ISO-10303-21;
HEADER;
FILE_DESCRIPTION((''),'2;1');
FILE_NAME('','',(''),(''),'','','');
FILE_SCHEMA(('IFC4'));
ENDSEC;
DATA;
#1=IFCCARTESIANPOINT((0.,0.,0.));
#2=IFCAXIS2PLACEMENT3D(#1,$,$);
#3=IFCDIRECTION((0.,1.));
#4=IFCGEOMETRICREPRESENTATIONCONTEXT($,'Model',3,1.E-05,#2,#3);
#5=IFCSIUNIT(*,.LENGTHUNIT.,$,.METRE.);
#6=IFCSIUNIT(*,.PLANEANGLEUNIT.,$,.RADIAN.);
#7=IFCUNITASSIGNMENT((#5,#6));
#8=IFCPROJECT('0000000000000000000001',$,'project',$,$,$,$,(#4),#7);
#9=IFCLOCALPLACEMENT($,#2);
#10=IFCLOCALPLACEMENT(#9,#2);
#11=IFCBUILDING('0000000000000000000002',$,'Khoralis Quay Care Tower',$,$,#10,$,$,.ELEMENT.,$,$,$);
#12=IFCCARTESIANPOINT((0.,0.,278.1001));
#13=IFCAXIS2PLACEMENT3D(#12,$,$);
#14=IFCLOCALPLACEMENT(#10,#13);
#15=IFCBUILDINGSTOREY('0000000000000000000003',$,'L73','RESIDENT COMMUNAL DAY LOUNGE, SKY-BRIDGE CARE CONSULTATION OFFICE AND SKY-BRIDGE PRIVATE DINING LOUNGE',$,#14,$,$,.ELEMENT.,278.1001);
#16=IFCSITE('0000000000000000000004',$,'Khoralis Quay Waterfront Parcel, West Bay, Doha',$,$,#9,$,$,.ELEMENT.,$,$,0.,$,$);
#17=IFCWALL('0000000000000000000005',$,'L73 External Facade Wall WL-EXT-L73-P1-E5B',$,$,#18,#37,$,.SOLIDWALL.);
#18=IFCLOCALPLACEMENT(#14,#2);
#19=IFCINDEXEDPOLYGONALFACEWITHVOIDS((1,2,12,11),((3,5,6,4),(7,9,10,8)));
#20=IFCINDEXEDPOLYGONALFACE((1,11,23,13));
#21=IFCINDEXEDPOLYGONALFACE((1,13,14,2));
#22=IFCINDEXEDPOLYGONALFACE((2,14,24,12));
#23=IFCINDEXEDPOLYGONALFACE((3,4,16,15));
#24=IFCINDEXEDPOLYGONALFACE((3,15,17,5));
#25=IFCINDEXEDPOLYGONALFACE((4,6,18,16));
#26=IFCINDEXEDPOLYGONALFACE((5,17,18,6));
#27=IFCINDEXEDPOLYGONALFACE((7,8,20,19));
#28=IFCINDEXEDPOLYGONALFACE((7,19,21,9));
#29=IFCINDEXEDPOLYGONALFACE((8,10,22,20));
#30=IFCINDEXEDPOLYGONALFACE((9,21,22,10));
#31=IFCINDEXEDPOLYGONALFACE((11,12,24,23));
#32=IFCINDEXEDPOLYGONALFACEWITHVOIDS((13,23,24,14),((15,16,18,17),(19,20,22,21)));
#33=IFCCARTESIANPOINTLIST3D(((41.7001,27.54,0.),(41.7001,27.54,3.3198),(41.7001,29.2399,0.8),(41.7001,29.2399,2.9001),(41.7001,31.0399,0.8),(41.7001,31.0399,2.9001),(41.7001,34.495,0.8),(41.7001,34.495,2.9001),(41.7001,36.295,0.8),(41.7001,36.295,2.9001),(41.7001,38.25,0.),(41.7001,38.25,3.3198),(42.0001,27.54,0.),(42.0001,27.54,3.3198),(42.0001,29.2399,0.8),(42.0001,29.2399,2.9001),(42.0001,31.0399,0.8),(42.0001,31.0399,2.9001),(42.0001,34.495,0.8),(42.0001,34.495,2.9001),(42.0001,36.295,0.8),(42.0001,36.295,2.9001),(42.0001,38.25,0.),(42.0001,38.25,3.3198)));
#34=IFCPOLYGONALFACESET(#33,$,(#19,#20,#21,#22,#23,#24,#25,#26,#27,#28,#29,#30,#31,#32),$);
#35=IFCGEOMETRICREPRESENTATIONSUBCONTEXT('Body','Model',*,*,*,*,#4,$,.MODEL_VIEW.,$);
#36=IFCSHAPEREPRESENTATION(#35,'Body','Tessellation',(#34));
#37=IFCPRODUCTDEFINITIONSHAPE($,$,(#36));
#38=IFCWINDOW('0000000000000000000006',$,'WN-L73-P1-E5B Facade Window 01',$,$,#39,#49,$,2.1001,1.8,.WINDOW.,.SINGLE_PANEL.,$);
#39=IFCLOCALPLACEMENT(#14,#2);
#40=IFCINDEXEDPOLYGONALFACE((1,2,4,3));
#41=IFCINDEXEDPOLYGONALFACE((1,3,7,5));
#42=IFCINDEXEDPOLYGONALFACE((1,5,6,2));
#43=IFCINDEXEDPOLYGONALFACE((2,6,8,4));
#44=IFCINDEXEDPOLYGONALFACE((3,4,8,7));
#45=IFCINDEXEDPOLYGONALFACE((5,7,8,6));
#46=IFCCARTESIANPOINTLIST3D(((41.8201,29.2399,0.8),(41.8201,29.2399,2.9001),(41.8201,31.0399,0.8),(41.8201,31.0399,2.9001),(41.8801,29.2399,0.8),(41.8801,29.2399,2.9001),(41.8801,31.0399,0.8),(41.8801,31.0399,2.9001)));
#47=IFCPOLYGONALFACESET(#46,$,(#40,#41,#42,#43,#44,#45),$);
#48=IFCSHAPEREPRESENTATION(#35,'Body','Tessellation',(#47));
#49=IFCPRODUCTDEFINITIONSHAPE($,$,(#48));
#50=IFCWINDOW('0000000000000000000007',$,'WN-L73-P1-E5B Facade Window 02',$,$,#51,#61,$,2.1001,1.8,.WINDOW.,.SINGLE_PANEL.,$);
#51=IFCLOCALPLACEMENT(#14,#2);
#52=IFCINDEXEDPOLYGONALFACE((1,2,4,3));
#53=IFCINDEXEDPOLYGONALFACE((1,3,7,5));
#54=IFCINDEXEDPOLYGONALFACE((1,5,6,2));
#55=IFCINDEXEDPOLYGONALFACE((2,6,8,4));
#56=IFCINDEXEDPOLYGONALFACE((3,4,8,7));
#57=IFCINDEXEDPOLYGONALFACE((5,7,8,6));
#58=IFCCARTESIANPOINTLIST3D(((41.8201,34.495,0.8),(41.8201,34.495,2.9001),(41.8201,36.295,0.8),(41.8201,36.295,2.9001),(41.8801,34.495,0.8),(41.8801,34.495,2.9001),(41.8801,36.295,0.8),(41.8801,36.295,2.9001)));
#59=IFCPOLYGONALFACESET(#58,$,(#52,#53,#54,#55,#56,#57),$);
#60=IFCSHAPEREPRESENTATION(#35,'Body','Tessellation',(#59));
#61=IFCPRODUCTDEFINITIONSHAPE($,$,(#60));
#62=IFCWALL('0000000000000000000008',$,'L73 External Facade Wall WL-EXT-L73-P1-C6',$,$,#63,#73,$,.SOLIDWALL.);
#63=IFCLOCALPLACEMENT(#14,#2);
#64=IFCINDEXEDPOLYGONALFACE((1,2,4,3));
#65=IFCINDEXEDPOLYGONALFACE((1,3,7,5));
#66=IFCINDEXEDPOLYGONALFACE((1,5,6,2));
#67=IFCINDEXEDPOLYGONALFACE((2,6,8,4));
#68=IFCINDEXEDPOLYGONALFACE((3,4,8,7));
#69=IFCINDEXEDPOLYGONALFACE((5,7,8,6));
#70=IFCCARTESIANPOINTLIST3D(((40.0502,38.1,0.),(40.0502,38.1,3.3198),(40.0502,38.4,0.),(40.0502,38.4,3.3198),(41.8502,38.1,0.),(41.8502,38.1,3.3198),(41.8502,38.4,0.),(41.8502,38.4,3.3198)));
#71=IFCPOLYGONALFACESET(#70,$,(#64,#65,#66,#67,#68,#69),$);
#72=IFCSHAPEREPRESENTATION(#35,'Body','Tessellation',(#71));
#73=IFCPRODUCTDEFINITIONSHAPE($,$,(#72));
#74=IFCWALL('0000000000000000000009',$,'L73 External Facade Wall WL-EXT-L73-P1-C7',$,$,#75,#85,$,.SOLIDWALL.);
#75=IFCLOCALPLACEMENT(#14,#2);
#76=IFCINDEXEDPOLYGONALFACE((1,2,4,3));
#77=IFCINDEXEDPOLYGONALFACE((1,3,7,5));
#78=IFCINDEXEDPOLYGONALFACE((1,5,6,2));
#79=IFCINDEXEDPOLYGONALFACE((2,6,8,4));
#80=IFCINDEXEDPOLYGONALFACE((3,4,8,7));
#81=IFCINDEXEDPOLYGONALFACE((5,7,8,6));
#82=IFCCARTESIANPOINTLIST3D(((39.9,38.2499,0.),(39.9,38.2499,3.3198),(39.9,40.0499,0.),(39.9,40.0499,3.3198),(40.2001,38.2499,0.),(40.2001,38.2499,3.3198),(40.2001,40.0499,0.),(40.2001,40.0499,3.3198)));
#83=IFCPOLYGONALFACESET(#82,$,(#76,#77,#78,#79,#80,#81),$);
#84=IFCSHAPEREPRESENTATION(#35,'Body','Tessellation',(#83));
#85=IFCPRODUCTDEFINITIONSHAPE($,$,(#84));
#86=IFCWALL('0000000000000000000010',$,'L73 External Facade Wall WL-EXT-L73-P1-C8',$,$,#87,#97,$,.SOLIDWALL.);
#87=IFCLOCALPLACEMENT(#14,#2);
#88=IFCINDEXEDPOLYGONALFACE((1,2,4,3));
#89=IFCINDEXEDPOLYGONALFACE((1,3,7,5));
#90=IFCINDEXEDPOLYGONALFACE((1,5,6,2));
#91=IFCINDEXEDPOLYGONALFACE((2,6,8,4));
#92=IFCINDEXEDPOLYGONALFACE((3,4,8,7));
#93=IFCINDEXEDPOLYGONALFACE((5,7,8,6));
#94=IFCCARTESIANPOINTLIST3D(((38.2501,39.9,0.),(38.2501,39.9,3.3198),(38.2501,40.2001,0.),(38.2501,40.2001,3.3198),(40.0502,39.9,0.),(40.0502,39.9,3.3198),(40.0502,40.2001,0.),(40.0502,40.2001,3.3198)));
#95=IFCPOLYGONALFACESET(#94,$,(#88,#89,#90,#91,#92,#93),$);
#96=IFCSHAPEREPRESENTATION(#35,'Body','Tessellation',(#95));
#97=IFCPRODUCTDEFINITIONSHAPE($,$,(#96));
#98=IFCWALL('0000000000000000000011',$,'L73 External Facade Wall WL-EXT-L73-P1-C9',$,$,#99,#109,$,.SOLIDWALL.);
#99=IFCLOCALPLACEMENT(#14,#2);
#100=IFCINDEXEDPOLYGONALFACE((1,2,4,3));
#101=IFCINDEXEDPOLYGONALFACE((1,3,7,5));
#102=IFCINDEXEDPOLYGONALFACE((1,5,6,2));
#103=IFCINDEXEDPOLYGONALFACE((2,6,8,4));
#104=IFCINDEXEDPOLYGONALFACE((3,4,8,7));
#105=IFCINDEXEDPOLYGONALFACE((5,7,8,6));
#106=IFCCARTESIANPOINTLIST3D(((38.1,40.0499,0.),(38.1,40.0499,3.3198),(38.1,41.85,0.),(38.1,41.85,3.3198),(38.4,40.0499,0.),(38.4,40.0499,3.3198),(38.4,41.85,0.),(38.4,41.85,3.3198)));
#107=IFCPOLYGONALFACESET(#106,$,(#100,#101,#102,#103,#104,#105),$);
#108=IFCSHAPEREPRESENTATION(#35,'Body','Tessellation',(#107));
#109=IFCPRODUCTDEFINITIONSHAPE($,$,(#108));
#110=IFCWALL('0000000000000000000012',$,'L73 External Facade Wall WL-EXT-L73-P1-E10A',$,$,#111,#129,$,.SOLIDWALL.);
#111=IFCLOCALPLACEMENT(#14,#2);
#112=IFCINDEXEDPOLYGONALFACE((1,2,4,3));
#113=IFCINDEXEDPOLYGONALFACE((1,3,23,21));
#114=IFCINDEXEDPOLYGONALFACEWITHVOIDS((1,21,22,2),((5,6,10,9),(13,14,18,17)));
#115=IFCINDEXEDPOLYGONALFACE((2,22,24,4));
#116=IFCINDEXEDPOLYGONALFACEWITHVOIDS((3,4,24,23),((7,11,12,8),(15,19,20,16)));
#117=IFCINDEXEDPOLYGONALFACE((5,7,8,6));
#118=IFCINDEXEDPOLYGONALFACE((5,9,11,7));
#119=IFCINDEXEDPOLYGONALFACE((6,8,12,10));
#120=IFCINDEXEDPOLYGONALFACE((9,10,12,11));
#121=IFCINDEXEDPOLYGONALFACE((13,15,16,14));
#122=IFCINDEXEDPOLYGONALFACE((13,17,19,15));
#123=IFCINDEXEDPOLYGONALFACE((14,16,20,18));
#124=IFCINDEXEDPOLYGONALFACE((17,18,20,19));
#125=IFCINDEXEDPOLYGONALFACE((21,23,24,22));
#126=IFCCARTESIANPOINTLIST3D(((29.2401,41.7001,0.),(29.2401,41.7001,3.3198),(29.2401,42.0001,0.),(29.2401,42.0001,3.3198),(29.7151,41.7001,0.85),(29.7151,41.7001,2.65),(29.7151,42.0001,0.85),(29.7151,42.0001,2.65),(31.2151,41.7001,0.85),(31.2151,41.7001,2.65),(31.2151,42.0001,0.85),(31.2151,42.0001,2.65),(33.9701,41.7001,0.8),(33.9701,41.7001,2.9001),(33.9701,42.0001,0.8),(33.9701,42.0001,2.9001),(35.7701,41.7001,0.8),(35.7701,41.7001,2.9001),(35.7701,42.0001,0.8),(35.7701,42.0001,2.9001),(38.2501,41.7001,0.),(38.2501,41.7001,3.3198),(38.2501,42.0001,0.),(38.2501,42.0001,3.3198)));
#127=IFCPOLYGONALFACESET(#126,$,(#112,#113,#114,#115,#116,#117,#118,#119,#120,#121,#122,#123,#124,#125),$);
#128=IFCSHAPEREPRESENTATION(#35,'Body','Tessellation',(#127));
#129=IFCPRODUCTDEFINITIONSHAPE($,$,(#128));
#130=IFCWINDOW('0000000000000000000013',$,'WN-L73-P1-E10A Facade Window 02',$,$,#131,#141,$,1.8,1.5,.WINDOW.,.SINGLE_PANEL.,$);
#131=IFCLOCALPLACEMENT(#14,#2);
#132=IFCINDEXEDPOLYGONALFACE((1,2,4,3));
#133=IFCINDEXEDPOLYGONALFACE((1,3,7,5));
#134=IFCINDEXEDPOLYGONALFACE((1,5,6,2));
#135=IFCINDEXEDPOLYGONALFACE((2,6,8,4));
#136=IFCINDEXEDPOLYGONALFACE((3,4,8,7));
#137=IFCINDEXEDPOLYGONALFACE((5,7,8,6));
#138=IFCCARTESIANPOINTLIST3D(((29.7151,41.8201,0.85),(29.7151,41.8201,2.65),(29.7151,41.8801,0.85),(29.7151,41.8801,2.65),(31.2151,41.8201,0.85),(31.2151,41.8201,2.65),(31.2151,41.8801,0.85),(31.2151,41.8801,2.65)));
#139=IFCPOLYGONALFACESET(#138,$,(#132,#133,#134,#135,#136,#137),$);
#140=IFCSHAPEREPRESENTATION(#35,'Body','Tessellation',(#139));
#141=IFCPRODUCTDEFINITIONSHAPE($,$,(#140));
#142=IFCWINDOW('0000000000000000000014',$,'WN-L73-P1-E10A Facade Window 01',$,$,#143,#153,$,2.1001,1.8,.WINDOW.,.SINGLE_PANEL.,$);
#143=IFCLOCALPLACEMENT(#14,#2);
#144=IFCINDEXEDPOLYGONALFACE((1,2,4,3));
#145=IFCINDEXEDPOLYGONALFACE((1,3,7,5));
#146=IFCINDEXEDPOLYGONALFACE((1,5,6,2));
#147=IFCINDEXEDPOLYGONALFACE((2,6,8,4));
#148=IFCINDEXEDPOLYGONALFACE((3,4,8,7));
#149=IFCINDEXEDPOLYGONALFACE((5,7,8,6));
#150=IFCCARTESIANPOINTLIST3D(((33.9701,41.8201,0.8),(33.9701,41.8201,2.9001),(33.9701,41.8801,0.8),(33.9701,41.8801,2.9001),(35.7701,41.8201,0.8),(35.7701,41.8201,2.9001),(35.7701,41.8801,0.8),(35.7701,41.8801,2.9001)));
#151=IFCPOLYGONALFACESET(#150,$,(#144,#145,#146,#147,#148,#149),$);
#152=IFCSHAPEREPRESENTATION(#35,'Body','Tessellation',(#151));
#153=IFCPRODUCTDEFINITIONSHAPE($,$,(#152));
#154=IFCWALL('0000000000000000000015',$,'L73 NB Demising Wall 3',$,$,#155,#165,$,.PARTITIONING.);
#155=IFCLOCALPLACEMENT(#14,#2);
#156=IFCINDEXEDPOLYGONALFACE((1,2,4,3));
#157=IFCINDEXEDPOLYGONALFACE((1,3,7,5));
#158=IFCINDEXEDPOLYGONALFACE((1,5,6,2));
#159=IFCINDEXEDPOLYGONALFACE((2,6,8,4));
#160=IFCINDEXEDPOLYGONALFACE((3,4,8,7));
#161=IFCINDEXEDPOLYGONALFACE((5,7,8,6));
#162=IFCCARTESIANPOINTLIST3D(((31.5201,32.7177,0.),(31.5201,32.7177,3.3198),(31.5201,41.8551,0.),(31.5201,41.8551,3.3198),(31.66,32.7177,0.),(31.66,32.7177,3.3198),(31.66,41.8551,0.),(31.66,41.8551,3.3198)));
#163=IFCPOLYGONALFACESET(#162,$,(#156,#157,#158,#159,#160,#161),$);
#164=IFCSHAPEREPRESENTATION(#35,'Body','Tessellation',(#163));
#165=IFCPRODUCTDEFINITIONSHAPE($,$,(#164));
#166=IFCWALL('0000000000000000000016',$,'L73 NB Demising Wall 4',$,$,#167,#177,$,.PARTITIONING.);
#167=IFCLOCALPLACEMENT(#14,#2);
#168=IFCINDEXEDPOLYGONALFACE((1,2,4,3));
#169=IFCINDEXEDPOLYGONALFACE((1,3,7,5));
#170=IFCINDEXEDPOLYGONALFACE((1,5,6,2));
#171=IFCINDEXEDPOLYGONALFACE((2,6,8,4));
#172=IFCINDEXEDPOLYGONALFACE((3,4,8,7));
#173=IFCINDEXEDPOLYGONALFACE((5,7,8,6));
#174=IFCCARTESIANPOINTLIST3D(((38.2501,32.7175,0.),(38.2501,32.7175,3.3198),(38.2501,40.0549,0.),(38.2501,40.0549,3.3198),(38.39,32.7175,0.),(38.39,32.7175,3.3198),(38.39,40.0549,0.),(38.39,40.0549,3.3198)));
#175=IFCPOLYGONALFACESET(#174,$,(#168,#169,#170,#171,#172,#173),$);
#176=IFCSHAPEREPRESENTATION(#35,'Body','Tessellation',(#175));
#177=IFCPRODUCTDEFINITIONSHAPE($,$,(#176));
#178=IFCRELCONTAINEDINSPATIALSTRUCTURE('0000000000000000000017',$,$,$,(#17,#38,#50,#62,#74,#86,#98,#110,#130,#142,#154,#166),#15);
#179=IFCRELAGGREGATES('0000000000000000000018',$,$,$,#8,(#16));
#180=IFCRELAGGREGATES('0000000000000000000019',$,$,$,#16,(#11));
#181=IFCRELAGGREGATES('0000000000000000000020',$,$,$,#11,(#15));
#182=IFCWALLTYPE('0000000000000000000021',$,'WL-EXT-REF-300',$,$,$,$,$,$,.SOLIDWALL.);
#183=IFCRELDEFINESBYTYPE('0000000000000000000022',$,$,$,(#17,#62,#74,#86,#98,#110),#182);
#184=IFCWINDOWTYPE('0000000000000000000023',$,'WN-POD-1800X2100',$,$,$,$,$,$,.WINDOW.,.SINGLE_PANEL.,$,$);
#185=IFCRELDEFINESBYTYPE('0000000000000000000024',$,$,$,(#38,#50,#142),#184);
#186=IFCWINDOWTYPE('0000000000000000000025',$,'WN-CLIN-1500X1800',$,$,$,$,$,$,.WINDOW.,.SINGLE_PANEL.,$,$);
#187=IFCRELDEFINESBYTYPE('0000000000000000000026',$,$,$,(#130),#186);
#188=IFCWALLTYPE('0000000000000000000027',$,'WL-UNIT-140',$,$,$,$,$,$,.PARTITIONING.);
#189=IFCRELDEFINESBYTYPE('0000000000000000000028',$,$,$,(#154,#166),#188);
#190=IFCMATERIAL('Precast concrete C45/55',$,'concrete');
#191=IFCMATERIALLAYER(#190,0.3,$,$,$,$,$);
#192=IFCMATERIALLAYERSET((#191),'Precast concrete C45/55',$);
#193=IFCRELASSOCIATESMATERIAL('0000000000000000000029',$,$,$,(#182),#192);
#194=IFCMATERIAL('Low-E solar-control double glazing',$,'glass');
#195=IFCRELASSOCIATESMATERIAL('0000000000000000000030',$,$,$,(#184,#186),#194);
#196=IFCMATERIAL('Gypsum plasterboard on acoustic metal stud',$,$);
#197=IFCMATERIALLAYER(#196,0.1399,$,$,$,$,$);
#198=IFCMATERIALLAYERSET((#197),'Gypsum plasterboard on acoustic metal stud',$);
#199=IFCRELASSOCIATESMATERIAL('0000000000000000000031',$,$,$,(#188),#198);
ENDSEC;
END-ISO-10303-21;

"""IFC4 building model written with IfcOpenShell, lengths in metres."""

from ifc_helpers import new_model, si_unit, direction, frame, frame_2d, origin, place, context, subcontext, project, spatial, rectangle, extrude, source, transform, mapped, material, layer, layer_set, type_object, element, fill, save


model = new_model("IFC4")

# Units and contexts
model_context = context("Model", 3, precision=1e-05, world=origin(), true_north=direction((0.0, 1.0)))
body_context = subcontext(model_context, "Body", "Model", "MODEL_VIEW")
ifc_project = project(units=[si_unit("LENGTHUNIT", "METRE"), si_unit("PLANEANGLEUNIT", "RADIAN")], contexts=[model_context])

# Site, building, storey
site_placement = place(None, origin())
site = spatial("IfcSite", under=ifc_project, at=site_placement, Name="Khoralis Quay Waterfront Parcel, West Bay, Doha", CompositionType="ELEMENT", RefElevation=0.0)
building_placement = place(site_placement, origin())
building = spatial("IfcBuilding", under=site, at=building_placement, Name="Khoralis Quay Care Tower", CompositionType="ELEMENT")
storey_placement = place(building_placement, frame((0.0, 0.0, 278.1001)))
storey = spatial("IfcBuildingStorey", under=building, at=storey_placement, Name="L73", Description="RESIDENT COMMUNAL DAY LOUNGE, SKY-BRIDGE CARE CONSULTATION OFFICE AND SKY-BRIDGE PRIVATE DINING LOUNGE", CompositionType="ELEMENT", Elevation=278.1001)

# Shared definitions
ifc_material_1 = material(Name="Gypsum plasterboard on acoustic metal stud")

# Wall, openings, windows
ifc_material_2 = material(Name="Precast concrete C45/55", Category="concrete")
ifc_layer_1 = layer(ifc_material_2, 0.3)
ifc_layer_set_1 = layer_set([ifc_layer_1], Name="Precast concrete C45/55")
wall_type_1 = type_object("IfcWallType", Name="WL-EXT-REF-300", PredefinedType="SOLIDWALL", material=ifc_layer_set_1)
wall_1_placement = place(storey_placement, frame((41.8501, 27.54, 0.0), z_axis=(0.0, 0.0, 1.0), x_axis=(0.0, 1.0, 0.0)))
wall_1 = element("IfcWall", 1, at=wall_1_placement, inside=storey, type_object=wall_type_1, Name="L73 External Facade Wall WL-EXT-L73-P1-E5B", PredefinedType="SOLIDWALL", context=body_context, shape_type="SweptSolid", body=[
    extrude(rectangle(XDim=10.71, YDim=0.3, at=frame_2d((5.355, 0.0))), origin(), (0.0, 0.0, 1.0), 3.3198),
])
opening_1_placement = place(wall_1_placement, frame((1.7, 0.0, 0.8)))
opening_1 = element("IfcOpeningElement", 2, at=opening_1_placement, cuts=wall_1, PredefinedType="OPENING", context=body_context, shape_type="SweptSolid", body=[
    extrude(rectangle(XDim=1.8, YDim=2.1001, at=frame_2d((0.8999, 1.05))), frame((0.0, 0.1602, 0.0), z_axis=(0.0, -1.0, 0.0), x_axis=(1.0, 0.0, 0.0)), (0.0, 0.0, 1.0), 0.3201),
])
opening_2_placement = place(wall_1_placement, frame((6.9551, 0.0, 0.8)))
opening_2 = element("IfcOpeningElement", 3, at=opening_2_placement, cuts=wall_1, PredefinedType="OPENING", context=body_context, shape_type="SweptSolid", body=[
    extrude(rectangle(XDim=1.8, YDim=2.1001, at=frame_2d((0.8999, 1.05))), frame((0.0, 0.1602, 0.0), z_axis=(0.0, -1.0, 0.0), x_axis=(1.0, 0.0, 0.0)), (0.0, 0.0, 1.0), 0.3201),
])
ifc_material_3 = material(Name="Low-E solar-control double glazing", Category="glass")
window_type_1 = type_object("IfcWindowType", Name="WN-POD-1800X2100", PartitioningType="SINGLE_PANEL", PredefinedType="WINDOW", material=ifc_material_3)
shared_shape_1 = source(origin(), body_context, "Body", "SweptSolid", [
    extrude(rectangle(XDim=1.8, YDim=2.1001, at=frame_2d((0.8999, 1.05))), frame((0.0, 0.03, 0.0), z_axis=(0.0, -1.0, 0.0), x_axis=(1.0, 0.0, 0.0)), (0.0, 0.0, 1.0), 0.0601),
])
window_1_placement = place(opening_1_placement, origin())
window_1 = element("IfcWindow", 4, at=window_1_placement, inside=storey, type_object=window_type_1, Name="WN-L73-P1-E5B Facade Window 01", OverallHeight=2.1001, OverallWidth=1.8, PartitioningType="SINGLE_PANEL", PredefinedType="WINDOW", context=body_context, shape_type="MappedRepresentation", body=[
    mapped(shared_shape_1, transform((0.0, 0.0, 0.0), scale=1.0)),
])
fill(opening_1, window_1)
window_2_placement = place(opening_2_placement, origin())
window_2 = element("IfcWindow", 5, at=window_2_placement, inside=storey, type_object=window_type_1, Name="WN-L73-P1-E5B Facade Window 02", OverallHeight=2.1001, OverallWidth=1.8, PartitioningType="SINGLE_PANEL", PredefinedType="WINDOW", context=body_context, shape_type="MappedRepresentation", body=[
    mapped(shared_shape_1, transform((0.0, 0.0, 0.0), scale=1.0)),
])
fill(opening_2, window_2)

# Walls
for number, where, z_axis, x_axis, name in (
    (6, (41.8501, 38.25, 0.0), (0.0, 0.0, 1.0), (-1.0, 0.0, 0.0), "L73 External Facade Wall WL-EXT-L73-P1-C6"),
    (7, (40.05, 38.25, 0.0), (0.0, 0.0, 1.0), (0.0, 1.0, 0.0), "L73 External Facade Wall WL-EXT-L73-P1-C7"),
    (8, (40.05, 40.05, 0.0), (0.0, 0.0, 1.0), (-1.0, 0.0, 0.0), "L73 External Facade Wall WL-EXT-L73-P1-C8"),
    (9, (38.25, 40.05, 0.0), (0.0, 0.0, 1.0), (0.0, 1.0, 0.0), "L73 External Facade Wall WL-EXT-L73-P1-C9"),
):
    element("IfcWall", number, at=place(storey_placement, frame(where, z_axis=z_axis, x_axis=x_axis)), inside=storey, type_object=wall_type_1, Name=name, PredefinedType="SOLIDWALL", context=body_context, shape_type="SweptSolid", body=[
        extrude(rectangle(XDim=1.8, YDim=0.3, at=frame_2d((0.8999, 0.0))), origin(), (0.0, 0.0, 1.0), 3.3198),
    ])

# Wall, openings, windows
wall_2_placement = place(storey_placement, frame((38.25, 41.8501, 0.0), z_axis=(0.0, 0.0, 1.0), x_axis=(-1.0, 0.0, 0.0)))
wall_2 = element("IfcWall", 10, at=wall_2_placement, inside=storey, type_object=wall_type_1, Name="L73 External Facade Wall WL-EXT-L73-P1-E10A", PredefinedType="SOLIDWALL", context=body_context, shape_type="SweptSolid", body=[
    extrude(rectangle(XDim=9.01, YDim=0.3, at=frame_2d((4.5049, 0.0))), origin(), (0.0, 0.0, 1.0), 3.3198),
])
opening_3_placement = place(wall_2_placement, frame((2.48, 0.0, 0.8)))
opening_3 = element("IfcOpeningElement", 11, at=opening_3_placement, cuts=wall_2, PredefinedType="OPENING", context=body_context, shape_type="SweptSolid", body=[
    extrude(rectangle(XDim=1.8, YDim=2.1001, at=frame_2d((0.8999, 1.05))), frame((0.0, 0.1602, 0.0), z_axis=(0.0, -1.0, 0.0), x_axis=(1.0, 0.0, 0.0)), (0.0, 0.0, 1.0), 0.3201),
])
opening_4_placement = place(wall_2_placement, frame((7.0349, 0.0, 0.8501)))
opening_4 = element("IfcOpeningElement", 12, at=opening_4_placement, cuts=wall_2, PredefinedType="OPENING", context=body_context, shape_type="SweptSolid", body=[
    extrude(rectangle(XDim=1.5, YDim=1.8, at=frame_2d((0.75, 0.8999))), frame((0.0, 0.1602, 0.0), z_axis=(0.0, -1.0, 0.0), x_axis=(1.0, 0.0, 0.0)), (0.0, 0.0, 1.0), 0.3201),
])
window_type_2 = type_object("IfcWindowType", Name="WN-CLIN-1500X1800", PartitioningType="SINGLE_PANEL", PredefinedType="WINDOW", material=ifc_material_3)
shared_shape_2 = source(origin(), body_context, "Body", "SweptSolid", [
    extrude(rectangle(XDim=1.5, YDim=1.8, at=frame_2d((0.75, 0.8999))), frame((0.0, 0.03, 0.0), z_axis=(0.0, -1.0, 0.0), x_axis=(1.0, 0.0, 0.0)), (0.0, 0.0, 1.0), 0.0601),
])
window_3_placement = place(opening_4_placement, origin())
window_3 = element("IfcWindow", 13, at=window_3_placement, inside=storey, type_object=window_type_2, Name="WN-L73-P1-E10A Facade Window 02", OverallHeight=1.8, OverallWidth=1.5, PartitioningType="SINGLE_PANEL", PredefinedType="WINDOW", context=body_context, shape_type="MappedRepresentation", body=[
    mapped(shared_shape_2, transform((0.0, 0.0, 0.0), scale=1.0)),
])
fill(opening_4, window_3)
window_4_placement = place(opening_3_placement, origin())
window_4 = element("IfcWindow", 14, at=window_4_placement, inside=storey, type_object=window_type_1, Name="WN-L73-P1-E10A Facade Window 01", OverallHeight=2.1001, OverallWidth=1.8, PartitioningType="SINGLE_PANEL", PredefinedType="WINDOW", context=body_context, shape_type="MappedRepresentation", body=[
    mapped(shared_shape_1, transform((0.0, 0.0, 0.0), scale=1.0)),
])
fill(opening_3, window_4)

# Walls
ifc_layer_2 = layer(ifc_material_1, 0.1399)
ifc_layer_set_2 = layer_set([ifc_layer_2], Name="Gypsum plasterboard on acoustic metal stud")
wall_type_2 = type_object("IfcWallType", Name="WL-UNIT-140", PredefinedType="PARTITIONING", material=ifc_layer_set_2)
wall_3_placement = place(storey_placement, frame((31.5901, 32.7175, 0.0), z_axis=(0.0, 0.0, 1.0), x_axis=(0.0, 1.0, 0.0)))
element("IfcWall", 15, at=wall_3_placement, inside=storey, type_object=wall_type_2, Name="L73 NB Demising Wall 3", PredefinedType="PARTITIONING", context=body_context, shape_type="SweptSolid", body=[
    extrude(rectangle(XDim=9.1375, YDim=0.1399, at=frame_2d((4.5688, 0.0))), origin(), (0.0, 0.0, 1.0), 3.3198),
])
wall_4_placement = place(storey_placement, frame((38.3201, 32.7175, 0.0), z_axis=(0.0, 0.0, 1.0), x_axis=(0.0, 1.0, 0.0)))
element("IfcWall", 16, at=wall_4_placement, inside=storey, type_object=wall_type_2, Name="L73 NB Demising Wall 4", PredefinedType="PARTITIONING", context=body_context, shape_type="SweptSolid", body=[
    extrude(rectangle(XDim=7.3374, YDim=0.1399, at=frame_2d((3.6687, 0.0))), origin(), (0.0, 0.0, 1.0), 3.3198),
])

save(model, "model.ifc")
